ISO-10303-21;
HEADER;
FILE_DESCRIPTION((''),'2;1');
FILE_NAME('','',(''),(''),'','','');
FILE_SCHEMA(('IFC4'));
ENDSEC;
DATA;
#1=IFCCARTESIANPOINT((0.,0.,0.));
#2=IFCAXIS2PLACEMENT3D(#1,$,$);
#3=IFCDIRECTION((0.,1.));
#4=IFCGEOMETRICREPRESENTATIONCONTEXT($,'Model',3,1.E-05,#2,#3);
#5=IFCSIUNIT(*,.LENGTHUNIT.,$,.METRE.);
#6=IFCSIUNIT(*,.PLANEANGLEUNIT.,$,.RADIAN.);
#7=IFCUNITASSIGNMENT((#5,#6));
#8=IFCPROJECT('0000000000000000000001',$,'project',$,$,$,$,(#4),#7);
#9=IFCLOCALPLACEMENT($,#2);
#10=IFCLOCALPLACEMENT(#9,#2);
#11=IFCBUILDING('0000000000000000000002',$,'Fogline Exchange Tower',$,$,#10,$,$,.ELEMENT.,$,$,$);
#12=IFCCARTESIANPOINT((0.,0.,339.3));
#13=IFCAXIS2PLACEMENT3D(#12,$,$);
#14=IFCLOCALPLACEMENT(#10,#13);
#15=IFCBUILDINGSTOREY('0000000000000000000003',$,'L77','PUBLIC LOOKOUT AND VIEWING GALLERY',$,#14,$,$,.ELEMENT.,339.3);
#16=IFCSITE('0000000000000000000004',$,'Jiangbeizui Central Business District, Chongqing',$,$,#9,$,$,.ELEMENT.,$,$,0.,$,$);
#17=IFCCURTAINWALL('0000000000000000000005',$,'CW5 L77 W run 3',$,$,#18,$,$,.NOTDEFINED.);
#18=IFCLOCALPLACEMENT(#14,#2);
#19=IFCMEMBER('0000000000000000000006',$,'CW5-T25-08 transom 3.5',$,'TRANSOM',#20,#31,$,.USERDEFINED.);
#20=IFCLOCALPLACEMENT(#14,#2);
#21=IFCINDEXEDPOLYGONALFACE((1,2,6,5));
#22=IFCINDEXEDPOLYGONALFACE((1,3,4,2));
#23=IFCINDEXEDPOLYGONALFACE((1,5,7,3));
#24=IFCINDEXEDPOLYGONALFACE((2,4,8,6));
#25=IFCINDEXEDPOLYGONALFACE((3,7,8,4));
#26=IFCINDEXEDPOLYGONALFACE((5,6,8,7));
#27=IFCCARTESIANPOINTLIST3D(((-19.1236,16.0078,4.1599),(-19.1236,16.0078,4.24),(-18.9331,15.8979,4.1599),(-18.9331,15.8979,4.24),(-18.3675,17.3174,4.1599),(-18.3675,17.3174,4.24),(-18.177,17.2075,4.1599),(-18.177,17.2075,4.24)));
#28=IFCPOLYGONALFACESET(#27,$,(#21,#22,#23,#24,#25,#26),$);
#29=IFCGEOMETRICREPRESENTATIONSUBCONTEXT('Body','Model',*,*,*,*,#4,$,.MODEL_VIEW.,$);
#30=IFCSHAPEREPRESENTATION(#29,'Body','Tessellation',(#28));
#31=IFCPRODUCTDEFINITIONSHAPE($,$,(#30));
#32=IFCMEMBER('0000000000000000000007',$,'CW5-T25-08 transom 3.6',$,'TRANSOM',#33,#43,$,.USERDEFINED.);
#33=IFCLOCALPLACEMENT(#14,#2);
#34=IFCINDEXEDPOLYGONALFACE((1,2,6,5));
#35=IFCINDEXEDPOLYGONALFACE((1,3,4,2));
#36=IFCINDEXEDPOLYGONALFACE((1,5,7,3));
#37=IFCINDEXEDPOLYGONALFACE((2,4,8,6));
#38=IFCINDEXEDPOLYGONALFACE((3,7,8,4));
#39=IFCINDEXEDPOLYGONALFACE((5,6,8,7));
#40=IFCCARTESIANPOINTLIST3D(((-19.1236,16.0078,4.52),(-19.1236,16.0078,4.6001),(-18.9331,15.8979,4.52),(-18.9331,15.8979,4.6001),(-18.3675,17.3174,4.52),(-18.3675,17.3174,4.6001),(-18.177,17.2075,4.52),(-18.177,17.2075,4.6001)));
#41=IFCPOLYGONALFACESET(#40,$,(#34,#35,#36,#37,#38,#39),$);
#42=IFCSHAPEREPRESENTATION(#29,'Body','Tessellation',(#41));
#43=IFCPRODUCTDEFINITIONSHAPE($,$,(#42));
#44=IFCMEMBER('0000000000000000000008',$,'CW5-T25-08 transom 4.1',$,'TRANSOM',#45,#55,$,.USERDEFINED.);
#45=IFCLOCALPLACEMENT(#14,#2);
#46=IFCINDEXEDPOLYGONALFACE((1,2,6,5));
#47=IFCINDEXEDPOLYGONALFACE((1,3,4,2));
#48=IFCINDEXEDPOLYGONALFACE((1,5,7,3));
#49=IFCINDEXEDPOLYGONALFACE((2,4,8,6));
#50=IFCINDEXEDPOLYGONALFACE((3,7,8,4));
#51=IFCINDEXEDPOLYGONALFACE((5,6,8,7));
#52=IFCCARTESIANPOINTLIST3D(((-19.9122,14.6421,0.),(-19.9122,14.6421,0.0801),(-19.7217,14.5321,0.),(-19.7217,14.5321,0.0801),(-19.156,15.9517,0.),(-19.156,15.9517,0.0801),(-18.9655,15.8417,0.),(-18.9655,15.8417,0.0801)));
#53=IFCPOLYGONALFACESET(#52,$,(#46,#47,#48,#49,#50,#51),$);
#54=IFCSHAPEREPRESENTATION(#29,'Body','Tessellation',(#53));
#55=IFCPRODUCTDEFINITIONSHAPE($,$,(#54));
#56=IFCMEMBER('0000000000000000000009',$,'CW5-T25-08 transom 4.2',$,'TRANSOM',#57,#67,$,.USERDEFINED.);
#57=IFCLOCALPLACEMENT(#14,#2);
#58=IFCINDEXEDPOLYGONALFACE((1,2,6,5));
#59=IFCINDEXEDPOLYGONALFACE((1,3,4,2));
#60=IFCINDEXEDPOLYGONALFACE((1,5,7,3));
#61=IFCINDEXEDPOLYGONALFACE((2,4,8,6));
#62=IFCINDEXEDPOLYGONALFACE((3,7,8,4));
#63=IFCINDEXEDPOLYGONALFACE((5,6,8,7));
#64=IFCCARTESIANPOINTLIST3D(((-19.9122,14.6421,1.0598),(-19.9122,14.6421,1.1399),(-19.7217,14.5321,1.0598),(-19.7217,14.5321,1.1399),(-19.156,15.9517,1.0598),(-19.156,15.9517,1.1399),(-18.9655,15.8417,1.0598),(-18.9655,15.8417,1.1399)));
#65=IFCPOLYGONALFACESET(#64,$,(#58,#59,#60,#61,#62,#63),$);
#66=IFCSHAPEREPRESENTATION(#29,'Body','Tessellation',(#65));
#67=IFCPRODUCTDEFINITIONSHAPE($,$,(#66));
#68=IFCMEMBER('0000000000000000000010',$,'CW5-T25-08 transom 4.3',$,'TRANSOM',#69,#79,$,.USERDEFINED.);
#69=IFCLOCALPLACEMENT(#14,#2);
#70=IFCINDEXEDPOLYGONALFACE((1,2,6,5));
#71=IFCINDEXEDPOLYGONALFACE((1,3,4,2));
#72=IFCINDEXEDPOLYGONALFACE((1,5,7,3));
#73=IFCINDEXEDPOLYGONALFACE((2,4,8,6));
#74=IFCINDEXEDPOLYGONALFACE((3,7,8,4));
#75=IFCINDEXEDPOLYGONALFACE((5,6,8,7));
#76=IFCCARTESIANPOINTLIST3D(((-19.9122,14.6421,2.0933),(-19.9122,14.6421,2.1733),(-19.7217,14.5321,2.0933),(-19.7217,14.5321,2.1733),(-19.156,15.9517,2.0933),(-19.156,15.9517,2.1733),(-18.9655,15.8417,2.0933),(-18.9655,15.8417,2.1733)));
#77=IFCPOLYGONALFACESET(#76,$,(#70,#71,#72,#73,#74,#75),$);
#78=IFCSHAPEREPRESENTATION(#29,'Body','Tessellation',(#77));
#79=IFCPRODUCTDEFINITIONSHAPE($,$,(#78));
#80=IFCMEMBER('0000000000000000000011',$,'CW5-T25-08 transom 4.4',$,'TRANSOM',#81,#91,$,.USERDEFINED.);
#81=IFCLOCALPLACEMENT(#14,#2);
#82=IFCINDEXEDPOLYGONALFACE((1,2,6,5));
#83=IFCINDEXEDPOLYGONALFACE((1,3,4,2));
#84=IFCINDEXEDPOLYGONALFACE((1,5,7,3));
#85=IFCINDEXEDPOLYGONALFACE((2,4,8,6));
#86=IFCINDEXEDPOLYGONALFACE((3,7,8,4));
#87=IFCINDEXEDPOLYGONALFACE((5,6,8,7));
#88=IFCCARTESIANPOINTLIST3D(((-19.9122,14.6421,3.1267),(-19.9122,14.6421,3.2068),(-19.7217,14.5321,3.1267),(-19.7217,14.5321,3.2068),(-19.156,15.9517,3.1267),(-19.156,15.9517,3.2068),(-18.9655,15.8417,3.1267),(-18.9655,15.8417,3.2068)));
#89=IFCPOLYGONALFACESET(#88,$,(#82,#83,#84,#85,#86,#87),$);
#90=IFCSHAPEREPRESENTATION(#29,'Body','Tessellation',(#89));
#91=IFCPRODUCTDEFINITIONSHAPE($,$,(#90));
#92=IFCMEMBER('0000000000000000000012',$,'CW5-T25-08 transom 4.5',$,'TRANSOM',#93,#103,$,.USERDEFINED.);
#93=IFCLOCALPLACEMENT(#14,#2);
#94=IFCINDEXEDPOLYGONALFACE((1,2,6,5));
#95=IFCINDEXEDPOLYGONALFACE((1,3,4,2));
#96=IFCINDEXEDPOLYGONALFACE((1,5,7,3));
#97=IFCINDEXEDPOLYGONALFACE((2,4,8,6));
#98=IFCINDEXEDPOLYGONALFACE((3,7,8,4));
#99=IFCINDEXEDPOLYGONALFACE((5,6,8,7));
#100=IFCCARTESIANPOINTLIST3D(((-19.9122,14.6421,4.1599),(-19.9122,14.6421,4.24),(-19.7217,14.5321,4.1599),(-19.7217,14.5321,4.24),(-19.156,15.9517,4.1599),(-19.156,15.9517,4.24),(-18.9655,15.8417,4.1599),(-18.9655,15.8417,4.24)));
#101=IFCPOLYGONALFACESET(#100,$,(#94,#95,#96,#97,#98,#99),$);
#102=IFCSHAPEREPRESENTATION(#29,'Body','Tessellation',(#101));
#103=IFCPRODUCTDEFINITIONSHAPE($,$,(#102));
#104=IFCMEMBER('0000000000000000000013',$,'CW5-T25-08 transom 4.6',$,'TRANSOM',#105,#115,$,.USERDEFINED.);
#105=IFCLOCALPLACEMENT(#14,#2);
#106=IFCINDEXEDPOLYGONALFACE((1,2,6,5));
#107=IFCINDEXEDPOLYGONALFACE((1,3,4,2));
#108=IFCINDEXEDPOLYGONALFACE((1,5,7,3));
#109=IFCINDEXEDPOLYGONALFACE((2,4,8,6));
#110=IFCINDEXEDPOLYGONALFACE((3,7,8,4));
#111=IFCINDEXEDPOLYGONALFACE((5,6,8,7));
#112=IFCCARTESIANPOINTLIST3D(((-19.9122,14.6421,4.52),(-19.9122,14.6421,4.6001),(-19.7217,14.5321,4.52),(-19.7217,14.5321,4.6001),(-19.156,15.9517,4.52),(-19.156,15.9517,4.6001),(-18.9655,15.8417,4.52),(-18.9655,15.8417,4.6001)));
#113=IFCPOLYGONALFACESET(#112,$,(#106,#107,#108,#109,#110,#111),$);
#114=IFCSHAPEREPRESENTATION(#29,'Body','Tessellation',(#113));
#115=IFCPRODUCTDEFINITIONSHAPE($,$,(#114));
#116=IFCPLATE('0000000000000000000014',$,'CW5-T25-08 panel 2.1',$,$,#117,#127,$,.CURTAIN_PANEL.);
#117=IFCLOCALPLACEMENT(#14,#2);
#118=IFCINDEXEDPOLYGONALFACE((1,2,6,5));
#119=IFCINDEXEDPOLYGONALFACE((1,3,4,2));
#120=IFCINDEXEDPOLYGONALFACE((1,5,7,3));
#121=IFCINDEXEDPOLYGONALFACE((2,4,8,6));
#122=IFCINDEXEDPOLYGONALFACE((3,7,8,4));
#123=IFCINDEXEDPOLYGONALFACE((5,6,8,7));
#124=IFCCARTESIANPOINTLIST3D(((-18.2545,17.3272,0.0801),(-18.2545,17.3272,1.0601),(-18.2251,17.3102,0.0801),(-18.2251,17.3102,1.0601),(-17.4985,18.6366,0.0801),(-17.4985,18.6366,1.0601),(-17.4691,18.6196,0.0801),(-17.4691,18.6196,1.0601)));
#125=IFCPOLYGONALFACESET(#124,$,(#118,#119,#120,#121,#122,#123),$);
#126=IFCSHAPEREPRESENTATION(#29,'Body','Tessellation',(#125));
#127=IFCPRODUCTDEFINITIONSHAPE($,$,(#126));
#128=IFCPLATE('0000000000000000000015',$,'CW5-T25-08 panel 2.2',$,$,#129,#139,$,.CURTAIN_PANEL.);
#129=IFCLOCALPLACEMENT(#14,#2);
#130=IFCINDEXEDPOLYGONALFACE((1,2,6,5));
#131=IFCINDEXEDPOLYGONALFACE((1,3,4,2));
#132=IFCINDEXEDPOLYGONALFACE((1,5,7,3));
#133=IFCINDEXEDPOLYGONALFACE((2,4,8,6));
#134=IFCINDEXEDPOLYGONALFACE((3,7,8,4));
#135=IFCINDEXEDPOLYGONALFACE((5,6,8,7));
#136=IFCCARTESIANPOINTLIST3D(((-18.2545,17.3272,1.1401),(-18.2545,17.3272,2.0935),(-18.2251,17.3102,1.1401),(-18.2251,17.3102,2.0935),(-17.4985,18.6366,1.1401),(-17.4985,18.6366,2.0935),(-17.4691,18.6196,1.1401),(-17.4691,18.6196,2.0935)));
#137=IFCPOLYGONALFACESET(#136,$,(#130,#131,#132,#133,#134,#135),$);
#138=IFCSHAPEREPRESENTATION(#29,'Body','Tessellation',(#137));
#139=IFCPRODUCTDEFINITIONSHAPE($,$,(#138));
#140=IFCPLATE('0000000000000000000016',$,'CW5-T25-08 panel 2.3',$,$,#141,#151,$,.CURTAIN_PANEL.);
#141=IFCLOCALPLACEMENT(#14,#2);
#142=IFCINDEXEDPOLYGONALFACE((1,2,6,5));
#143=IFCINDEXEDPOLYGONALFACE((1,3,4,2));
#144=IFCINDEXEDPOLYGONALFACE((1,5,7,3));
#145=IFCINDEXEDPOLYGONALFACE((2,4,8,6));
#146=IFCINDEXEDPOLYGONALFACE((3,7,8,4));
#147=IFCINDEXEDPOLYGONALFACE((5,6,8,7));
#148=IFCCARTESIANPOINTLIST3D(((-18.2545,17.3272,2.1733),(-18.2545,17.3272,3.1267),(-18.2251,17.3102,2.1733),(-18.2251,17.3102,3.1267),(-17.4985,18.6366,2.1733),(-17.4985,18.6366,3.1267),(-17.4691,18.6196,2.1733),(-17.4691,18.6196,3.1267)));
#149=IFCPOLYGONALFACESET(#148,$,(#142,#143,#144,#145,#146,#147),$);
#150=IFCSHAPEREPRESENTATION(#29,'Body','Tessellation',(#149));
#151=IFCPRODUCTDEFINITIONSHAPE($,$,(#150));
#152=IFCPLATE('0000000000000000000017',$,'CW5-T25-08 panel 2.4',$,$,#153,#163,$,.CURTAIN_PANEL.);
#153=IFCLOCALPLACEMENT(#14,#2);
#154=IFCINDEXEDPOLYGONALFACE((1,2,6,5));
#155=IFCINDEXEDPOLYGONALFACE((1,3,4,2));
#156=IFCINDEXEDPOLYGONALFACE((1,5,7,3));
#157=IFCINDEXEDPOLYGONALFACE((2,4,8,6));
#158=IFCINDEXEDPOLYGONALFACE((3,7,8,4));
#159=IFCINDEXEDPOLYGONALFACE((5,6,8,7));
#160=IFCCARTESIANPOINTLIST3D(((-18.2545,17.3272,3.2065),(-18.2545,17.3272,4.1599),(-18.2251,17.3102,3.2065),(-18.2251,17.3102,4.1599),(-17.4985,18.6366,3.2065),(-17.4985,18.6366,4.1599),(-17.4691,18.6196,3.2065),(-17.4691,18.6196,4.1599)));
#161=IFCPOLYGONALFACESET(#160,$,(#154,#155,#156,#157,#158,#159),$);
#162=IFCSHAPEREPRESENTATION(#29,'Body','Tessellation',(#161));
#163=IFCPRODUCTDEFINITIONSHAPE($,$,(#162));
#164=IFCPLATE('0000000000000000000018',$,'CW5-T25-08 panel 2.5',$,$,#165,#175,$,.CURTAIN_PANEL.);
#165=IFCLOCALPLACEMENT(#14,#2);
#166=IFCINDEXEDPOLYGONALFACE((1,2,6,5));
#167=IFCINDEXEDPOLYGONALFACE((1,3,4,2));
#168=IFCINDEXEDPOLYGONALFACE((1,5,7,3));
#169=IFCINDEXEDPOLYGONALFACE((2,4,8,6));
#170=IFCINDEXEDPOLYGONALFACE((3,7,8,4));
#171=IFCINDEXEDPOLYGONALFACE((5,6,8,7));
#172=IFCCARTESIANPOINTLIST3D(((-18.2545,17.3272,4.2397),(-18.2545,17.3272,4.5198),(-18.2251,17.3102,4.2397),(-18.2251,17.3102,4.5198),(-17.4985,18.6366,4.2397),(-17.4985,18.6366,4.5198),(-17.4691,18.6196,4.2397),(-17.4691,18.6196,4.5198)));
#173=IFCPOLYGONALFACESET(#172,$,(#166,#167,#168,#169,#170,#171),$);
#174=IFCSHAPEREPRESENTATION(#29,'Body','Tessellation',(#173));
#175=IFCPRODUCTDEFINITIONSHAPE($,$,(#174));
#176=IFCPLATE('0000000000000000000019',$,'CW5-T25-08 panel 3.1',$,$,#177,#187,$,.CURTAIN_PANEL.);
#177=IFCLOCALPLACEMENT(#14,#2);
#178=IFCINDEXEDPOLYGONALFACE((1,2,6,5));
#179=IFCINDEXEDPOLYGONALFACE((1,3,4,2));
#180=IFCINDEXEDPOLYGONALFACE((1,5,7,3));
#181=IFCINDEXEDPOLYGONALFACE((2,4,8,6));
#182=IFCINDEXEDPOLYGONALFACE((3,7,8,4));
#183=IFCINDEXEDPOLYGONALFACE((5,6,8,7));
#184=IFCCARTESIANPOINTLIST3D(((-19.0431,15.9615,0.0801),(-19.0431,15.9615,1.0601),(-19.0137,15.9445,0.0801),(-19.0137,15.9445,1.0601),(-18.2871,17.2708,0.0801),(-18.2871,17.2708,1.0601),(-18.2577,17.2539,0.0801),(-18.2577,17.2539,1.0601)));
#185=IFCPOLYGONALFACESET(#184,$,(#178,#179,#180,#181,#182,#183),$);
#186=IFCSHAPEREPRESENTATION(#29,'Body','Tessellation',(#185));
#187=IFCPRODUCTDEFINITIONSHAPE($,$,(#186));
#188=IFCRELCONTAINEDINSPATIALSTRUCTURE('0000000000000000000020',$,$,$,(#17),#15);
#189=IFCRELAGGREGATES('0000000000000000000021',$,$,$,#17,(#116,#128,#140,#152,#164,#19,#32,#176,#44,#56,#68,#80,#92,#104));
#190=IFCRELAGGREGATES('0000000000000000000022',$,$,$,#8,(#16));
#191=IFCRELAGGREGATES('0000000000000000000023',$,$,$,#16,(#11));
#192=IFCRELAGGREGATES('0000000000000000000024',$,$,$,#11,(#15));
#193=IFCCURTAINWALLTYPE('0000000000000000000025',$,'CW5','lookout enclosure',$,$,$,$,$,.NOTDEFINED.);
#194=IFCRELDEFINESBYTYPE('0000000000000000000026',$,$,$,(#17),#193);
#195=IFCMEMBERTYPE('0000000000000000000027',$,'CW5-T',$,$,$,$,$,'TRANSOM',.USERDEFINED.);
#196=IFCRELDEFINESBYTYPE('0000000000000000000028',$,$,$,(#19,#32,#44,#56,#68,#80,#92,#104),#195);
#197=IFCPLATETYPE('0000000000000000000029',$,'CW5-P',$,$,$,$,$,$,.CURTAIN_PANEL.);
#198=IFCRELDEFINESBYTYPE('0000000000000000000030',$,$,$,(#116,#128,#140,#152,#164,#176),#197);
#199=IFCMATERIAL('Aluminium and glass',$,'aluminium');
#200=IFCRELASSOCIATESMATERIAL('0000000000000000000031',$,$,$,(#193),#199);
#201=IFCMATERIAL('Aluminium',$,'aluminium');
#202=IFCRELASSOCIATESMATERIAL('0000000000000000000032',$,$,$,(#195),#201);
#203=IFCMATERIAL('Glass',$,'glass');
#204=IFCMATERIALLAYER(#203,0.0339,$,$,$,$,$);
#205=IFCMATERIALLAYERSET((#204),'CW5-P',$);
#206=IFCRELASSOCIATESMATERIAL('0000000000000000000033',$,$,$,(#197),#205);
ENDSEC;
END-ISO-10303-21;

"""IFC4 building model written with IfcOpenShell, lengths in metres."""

from ifc_helpers import new_model, si_unit, direction, frame, origin, origin_2d, place, context, subcontext, project, spatial, rectangle, extrude, material, layer, layer_set, material_profile, profile_set, type_object, element, aggregate, save


model = new_model("IFC4")

# Units and contexts
model_context = context("Model", 3, precision=1e-05, world=origin(), true_north=direction((0.0, 1.0)))
body_context = subcontext(model_context, "Body", "Model", "MODEL_VIEW")
ifc_project = project(units=[si_unit("LENGTHUNIT", "METRE"), si_unit("PLANEANGLEUNIT", "RADIAN")], contexts=[model_context])

# Site, building, storey
site_placement = place(None, origin())
site = spatial("IfcSite", under=ifc_project, at=site_placement, Name="Jiangbeizui Central Business District, Chongqing", CompositionType="ELEMENT", RefElevation=0.0)
building_placement = place(site_placement, origin())
building = spatial("IfcBuilding", under=site, at=building_placement, Name="Fogline Exchange Tower", CompositionType="ELEMENT")
storey_placement = place(building_placement, frame((0.0, 0.0, 339.3)))
storey = spatial("IfcBuildingStorey", under=building, at=storey_placement, Name="L77", Description="PUBLIC LOOKOUT AND VIEWING GALLERY", CompositionType="ELEMENT", Elevation=339.3)

# Curtain wall, members, plates
ifc_material_1 = material(Name="Aluminium and glass", Category="aluminium")
curtain_wall_type = type_object("IfcCurtainWallType", Name="CW5", Description="lookout enclosure", PredefinedType="NOTDEFINED", material=ifc_material_1)
curtain_wall_placement = place(storey_placement, origin())
curtain_wall = element("IfcCurtainWall", 1, at=curtain_wall_placement, inside=storey, type_object=curtain_wall_type, Name="CW5 L77 W run 3", PredefinedType="NOTDEFINED")
ifc_material_2 = material(Name="Aluminium", Category="aluminium")
ifc_material_profile_1 = material_profile(ifc_material_2, rectangle(XDim=0.22, YDim=0.0801, at=origin_2d()), Name="Transom 80x220")
ifc_profile_set_1 = profile_set([ifc_material_profile_1], Name="Aluminium")
member_type_1 = type_object("IfcMemberType", Name="CW5-T", ElementType="TRANSOM", PredefinedType="USERDEFINED", material=ifc_profile_set_1)
member_1_placement = place(storey_placement, frame((-18.2722, 17.2625, 4.2), z_axis=(-0.500011, -0.866019, 0.0), x_axis=(0.866019, -0.500011, 0.0)))
member_1 = element("IfcMember", 2, at=member_1_placement, type_object=member_type_1, Name="CW5-T25-08 transom 3.5", ObjectType="TRANSOM", PredefinedType="USERDEFINED", context=body_context, shape_type="SweptSolid", body=[
    extrude(rectangle(XDim=0.22, YDim=0.0801, at=origin_2d()), origin(), (0.0, 0.0, 1.0), 1.5122),
])
member_2_placement = place(storey_placement, frame((-18.2722, 17.2625, 4.5601), z_axis=(-0.500011, -0.866019, 0.0), x_axis=(0.866019, -0.500011, 0.0)))
member_2 = element("IfcMember", 3, at=member_2_placement, type_object=member_type_1, Name="CW5-T25-08 transom 3.6", ObjectType="TRANSOM", PredefinedType="USERDEFINED", context=body_context, shape_type="SweptSolid", body=[
    extrude(rectangle(XDim=0.22, YDim=0.0801, at=origin_2d()), origin(), (0.0, 0.0, 1.0), 1.5122),
])
member_3_placement = place(storey_placement, frame((-19.0608, 15.8967, 0.04), z_axis=(-0.500011, -0.866019, 0.0), x_axis=(0.866019, -0.500011, 0.0)))
member_3 = element("IfcMember", 4, at=member_3_placement, type_object=member_type_1, Name="CW5-T25-08 transom 4.1", ObjectType="TRANSOM", PredefinedType="USERDEFINED", context=body_context, shape_type="SweptSolid", body=[
    extrude(rectangle(XDim=0.22, YDim=0.0801, at=origin_2d()), origin(), (0.0, 0.0, 1.0), 1.5122),
])
member_4_placement = place(storey_placement, frame((-19.0608, 15.8967, 1.0999), z_axis=(-0.500011, -0.866019, 0.0), x_axis=(0.866019, -0.500011, 0.0)))
member_4 = element("IfcMember", 5, at=member_4_placement, type_object=member_type_1, Name="CW5-T25-08 transom 4.2", ObjectType="TRANSOM", PredefinedType="USERDEFINED", context=body_context, shape_type="SweptSolid", body=[
    extrude(rectangle(XDim=0.22, YDim=0.0801, at=origin_2d()), origin(), (0.0, 0.0, 1.0), 1.5122),
])
member_5_placement = place(storey_placement, frame((-19.0608, 15.8967, 2.1333), z_axis=(-0.500011, -0.866019, 0.0), x_axis=(0.866019, -0.500011, 0.0)))
member_5 = element("IfcMember", 6, at=member_5_placement, type_object=member_type_1, Name="CW5-T25-08 transom 4.3", ObjectType="TRANSOM", PredefinedType="USERDEFINED", context=body_context, shape_type="SweptSolid", body=[
    extrude(rectangle(XDim=0.22, YDim=0.0801, at=origin_2d()), origin(), (0.0, 0.0, 1.0), 1.5122),
])
member_6_placement = place(storey_placement, frame((-19.0608, 15.8967, 3.1667), z_axis=(-0.500011, -0.866019, 0.0), x_axis=(0.866019, -0.500011, 0.0)))
member_6 = element("IfcMember", 7, at=member_6_placement, type_object=member_type_1, Name="CW5-T25-08 transom 4.4", ObjectType="TRANSOM", PredefinedType="USERDEFINED", context=body_context, shape_type="SweptSolid", body=[
    extrude(rectangle(XDim=0.22, YDim=0.0801, at=origin_2d()), origin(), (0.0, 0.0, 1.0), 1.5122),
])
member_7_placement = place(storey_placement, frame((-19.0608, 15.8967, 4.2), z_axis=(-0.500011, -0.866019, 0.0), x_axis=(0.866019, -0.500011, 0.0)))
member_7 = element("IfcMember", 8, at=member_7_placement, type_object=member_type_1, Name="CW5-T25-08 transom 4.5", ObjectType="TRANSOM", PredefinedType="USERDEFINED", context=body_context, shape_type="SweptSolid", body=[
    extrude(rectangle(XDim=0.22, YDim=0.0801, at=origin_2d()), origin(), (0.0, 0.0, 1.0), 1.5122),
])
member_8_placement = place(storey_placement, frame((-19.0608, 15.8967, 4.5601), z_axis=(-0.500011, -0.866019, 0.0), x_axis=(0.866019, -0.500011, 0.0)))
member_8 = element("IfcMember", 9, at=member_8_placement, type_object=member_type_1, Name="CW5-T25-08 transom 4.6", ObjectType="TRANSOM", PredefinedType="USERDEFINED", context=body_context, shape_type="SweptSolid", body=[
    extrude(rectangle(XDim=0.22, YDim=0.0801, at=origin_2d()), origin(), (0.0, 0.0, 1.0), 1.5122),
])
ifc_material_3 = material(Name="Glass", Category="glass")
ifc_layer = layer(ifc_material_3, 0.0339)
ifc_layer_set = layer_set([ifc_layer], Name="CW5-P")
plate_type = type_object("IfcPlateType", Name="CW5-P", PredefinedType="CURTAIN_PANEL", material=ifc_layer_set)
plate_1_placement = place(storey_placement, frame((-17.8618, 17.9734, 0.0801), z_axis=(0.0, 0.0, 1.0), x_axis=(-0.5, -0.866025, 0.0)))
plate_1 = element("IfcPlate", 10, at=plate_1_placement, type_object=plate_type, Name="CW5-T25-08 panel 2.1", PredefinedType="CURTAIN_PANEL", context=body_context, shape_type="SweptSolid", body=[
    extrude(rectangle(XDim=1.512, YDim=0.0339, at=origin_2d()), origin(), (0.0, 0.0, 1.0), 0.98),
])
plate_2_placement = place(storey_placement, frame((-17.8618, 17.9734, 1.1401), z_axis=(0.0, 0.0, 1.0), x_axis=(-0.5, -0.866025, 0.0)))
plate_2 = element("IfcPlate", 11, at=plate_2_placement, type_object=plate_type, Name="CW5-T25-08 panel 2.2", PredefinedType="CURTAIN_PANEL", context=body_context, shape_type="SweptSolid", body=[
    extrude(rectangle(XDim=1.512, YDim=0.0339, at=origin_2d()), origin(), (0.0, 0.0, 1.0), 0.9534),
])
plate_3_placement = place(storey_placement, frame((-17.8618, 17.9734, 2.1733), z_axis=(0.0, 0.0, 1.0), x_axis=(-0.5, -0.866025, 0.0)))
plate_3 = element("IfcPlate", 12, at=plate_3_placement, type_object=plate_type, Name="CW5-T25-08 panel 2.3", PredefinedType="CURTAIN_PANEL", context=body_context, shape_type="SweptSolid", body=[
    extrude(rectangle(XDim=1.512, YDim=0.0339, at=origin_2d()), origin(), (0.0, 0.0, 1.0), 0.9534),
])
plate_4_placement = place(storey_placement, frame((-17.8618, 17.9734, 3.2065), z_axis=(0.0, 0.0, 1.0), x_axis=(-0.5, -0.866025, 0.0)))
plate_4 = element("IfcPlate", 13, at=plate_4_placement, type_object=plate_type, Name="CW5-T25-08 panel 2.4", PredefinedType="CURTAIN_PANEL", context=body_context, shape_type="SweptSolid", body=[
    extrude(rectangle(XDim=1.512, YDim=0.0339, at=origin_2d()), origin(), (0.0, 0.0, 1.0), 0.9534),
])
plate_5_placement = place(storey_placement, frame((-17.8618, 17.9734, 4.2397), z_axis=(0.0, 0.0, 1.0), x_axis=(-0.5, -0.866025, 0.0)))
plate_5 = element("IfcPlate", 14, at=plate_5_placement, type_object=plate_type, Name="CW5-T25-08 panel 2.5", PredefinedType="CURTAIN_PANEL", context=body_context, shape_type="SweptSolid", body=[
    extrude(rectangle(XDim=1.512, YDim=0.0339, at=origin_2d()), origin(), (0.0, 0.0, 1.0), 0.28),
])
plate_6_placement = place(storey_placement, frame((-18.6504, 16.6077, 0.0801), z_axis=(0.0, 0.0, 1.0), x_axis=(-0.5, -0.866025, 0.0)))
plate_6 = element("IfcPlate", 15, at=plate_6_placement, type_object=plate_type, Name="CW5-T25-08 panel 3.1", PredefinedType="CURTAIN_PANEL", context=body_context, shape_type="SweptSolid", body=[
    extrude(rectangle(XDim=1.512, YDim=0.0339, at=origin_2d()), origin(), (0.0, 0.0, 1.0), 0.98),
])
aggregate(curtain_wall, [plate_1, plate_2, plate_3, plate_4, plate_5, member_1, member_2, plate_6, member_3, member_4, member_5, member_6, member_7, member_8])

save(model, "model.ifc")
